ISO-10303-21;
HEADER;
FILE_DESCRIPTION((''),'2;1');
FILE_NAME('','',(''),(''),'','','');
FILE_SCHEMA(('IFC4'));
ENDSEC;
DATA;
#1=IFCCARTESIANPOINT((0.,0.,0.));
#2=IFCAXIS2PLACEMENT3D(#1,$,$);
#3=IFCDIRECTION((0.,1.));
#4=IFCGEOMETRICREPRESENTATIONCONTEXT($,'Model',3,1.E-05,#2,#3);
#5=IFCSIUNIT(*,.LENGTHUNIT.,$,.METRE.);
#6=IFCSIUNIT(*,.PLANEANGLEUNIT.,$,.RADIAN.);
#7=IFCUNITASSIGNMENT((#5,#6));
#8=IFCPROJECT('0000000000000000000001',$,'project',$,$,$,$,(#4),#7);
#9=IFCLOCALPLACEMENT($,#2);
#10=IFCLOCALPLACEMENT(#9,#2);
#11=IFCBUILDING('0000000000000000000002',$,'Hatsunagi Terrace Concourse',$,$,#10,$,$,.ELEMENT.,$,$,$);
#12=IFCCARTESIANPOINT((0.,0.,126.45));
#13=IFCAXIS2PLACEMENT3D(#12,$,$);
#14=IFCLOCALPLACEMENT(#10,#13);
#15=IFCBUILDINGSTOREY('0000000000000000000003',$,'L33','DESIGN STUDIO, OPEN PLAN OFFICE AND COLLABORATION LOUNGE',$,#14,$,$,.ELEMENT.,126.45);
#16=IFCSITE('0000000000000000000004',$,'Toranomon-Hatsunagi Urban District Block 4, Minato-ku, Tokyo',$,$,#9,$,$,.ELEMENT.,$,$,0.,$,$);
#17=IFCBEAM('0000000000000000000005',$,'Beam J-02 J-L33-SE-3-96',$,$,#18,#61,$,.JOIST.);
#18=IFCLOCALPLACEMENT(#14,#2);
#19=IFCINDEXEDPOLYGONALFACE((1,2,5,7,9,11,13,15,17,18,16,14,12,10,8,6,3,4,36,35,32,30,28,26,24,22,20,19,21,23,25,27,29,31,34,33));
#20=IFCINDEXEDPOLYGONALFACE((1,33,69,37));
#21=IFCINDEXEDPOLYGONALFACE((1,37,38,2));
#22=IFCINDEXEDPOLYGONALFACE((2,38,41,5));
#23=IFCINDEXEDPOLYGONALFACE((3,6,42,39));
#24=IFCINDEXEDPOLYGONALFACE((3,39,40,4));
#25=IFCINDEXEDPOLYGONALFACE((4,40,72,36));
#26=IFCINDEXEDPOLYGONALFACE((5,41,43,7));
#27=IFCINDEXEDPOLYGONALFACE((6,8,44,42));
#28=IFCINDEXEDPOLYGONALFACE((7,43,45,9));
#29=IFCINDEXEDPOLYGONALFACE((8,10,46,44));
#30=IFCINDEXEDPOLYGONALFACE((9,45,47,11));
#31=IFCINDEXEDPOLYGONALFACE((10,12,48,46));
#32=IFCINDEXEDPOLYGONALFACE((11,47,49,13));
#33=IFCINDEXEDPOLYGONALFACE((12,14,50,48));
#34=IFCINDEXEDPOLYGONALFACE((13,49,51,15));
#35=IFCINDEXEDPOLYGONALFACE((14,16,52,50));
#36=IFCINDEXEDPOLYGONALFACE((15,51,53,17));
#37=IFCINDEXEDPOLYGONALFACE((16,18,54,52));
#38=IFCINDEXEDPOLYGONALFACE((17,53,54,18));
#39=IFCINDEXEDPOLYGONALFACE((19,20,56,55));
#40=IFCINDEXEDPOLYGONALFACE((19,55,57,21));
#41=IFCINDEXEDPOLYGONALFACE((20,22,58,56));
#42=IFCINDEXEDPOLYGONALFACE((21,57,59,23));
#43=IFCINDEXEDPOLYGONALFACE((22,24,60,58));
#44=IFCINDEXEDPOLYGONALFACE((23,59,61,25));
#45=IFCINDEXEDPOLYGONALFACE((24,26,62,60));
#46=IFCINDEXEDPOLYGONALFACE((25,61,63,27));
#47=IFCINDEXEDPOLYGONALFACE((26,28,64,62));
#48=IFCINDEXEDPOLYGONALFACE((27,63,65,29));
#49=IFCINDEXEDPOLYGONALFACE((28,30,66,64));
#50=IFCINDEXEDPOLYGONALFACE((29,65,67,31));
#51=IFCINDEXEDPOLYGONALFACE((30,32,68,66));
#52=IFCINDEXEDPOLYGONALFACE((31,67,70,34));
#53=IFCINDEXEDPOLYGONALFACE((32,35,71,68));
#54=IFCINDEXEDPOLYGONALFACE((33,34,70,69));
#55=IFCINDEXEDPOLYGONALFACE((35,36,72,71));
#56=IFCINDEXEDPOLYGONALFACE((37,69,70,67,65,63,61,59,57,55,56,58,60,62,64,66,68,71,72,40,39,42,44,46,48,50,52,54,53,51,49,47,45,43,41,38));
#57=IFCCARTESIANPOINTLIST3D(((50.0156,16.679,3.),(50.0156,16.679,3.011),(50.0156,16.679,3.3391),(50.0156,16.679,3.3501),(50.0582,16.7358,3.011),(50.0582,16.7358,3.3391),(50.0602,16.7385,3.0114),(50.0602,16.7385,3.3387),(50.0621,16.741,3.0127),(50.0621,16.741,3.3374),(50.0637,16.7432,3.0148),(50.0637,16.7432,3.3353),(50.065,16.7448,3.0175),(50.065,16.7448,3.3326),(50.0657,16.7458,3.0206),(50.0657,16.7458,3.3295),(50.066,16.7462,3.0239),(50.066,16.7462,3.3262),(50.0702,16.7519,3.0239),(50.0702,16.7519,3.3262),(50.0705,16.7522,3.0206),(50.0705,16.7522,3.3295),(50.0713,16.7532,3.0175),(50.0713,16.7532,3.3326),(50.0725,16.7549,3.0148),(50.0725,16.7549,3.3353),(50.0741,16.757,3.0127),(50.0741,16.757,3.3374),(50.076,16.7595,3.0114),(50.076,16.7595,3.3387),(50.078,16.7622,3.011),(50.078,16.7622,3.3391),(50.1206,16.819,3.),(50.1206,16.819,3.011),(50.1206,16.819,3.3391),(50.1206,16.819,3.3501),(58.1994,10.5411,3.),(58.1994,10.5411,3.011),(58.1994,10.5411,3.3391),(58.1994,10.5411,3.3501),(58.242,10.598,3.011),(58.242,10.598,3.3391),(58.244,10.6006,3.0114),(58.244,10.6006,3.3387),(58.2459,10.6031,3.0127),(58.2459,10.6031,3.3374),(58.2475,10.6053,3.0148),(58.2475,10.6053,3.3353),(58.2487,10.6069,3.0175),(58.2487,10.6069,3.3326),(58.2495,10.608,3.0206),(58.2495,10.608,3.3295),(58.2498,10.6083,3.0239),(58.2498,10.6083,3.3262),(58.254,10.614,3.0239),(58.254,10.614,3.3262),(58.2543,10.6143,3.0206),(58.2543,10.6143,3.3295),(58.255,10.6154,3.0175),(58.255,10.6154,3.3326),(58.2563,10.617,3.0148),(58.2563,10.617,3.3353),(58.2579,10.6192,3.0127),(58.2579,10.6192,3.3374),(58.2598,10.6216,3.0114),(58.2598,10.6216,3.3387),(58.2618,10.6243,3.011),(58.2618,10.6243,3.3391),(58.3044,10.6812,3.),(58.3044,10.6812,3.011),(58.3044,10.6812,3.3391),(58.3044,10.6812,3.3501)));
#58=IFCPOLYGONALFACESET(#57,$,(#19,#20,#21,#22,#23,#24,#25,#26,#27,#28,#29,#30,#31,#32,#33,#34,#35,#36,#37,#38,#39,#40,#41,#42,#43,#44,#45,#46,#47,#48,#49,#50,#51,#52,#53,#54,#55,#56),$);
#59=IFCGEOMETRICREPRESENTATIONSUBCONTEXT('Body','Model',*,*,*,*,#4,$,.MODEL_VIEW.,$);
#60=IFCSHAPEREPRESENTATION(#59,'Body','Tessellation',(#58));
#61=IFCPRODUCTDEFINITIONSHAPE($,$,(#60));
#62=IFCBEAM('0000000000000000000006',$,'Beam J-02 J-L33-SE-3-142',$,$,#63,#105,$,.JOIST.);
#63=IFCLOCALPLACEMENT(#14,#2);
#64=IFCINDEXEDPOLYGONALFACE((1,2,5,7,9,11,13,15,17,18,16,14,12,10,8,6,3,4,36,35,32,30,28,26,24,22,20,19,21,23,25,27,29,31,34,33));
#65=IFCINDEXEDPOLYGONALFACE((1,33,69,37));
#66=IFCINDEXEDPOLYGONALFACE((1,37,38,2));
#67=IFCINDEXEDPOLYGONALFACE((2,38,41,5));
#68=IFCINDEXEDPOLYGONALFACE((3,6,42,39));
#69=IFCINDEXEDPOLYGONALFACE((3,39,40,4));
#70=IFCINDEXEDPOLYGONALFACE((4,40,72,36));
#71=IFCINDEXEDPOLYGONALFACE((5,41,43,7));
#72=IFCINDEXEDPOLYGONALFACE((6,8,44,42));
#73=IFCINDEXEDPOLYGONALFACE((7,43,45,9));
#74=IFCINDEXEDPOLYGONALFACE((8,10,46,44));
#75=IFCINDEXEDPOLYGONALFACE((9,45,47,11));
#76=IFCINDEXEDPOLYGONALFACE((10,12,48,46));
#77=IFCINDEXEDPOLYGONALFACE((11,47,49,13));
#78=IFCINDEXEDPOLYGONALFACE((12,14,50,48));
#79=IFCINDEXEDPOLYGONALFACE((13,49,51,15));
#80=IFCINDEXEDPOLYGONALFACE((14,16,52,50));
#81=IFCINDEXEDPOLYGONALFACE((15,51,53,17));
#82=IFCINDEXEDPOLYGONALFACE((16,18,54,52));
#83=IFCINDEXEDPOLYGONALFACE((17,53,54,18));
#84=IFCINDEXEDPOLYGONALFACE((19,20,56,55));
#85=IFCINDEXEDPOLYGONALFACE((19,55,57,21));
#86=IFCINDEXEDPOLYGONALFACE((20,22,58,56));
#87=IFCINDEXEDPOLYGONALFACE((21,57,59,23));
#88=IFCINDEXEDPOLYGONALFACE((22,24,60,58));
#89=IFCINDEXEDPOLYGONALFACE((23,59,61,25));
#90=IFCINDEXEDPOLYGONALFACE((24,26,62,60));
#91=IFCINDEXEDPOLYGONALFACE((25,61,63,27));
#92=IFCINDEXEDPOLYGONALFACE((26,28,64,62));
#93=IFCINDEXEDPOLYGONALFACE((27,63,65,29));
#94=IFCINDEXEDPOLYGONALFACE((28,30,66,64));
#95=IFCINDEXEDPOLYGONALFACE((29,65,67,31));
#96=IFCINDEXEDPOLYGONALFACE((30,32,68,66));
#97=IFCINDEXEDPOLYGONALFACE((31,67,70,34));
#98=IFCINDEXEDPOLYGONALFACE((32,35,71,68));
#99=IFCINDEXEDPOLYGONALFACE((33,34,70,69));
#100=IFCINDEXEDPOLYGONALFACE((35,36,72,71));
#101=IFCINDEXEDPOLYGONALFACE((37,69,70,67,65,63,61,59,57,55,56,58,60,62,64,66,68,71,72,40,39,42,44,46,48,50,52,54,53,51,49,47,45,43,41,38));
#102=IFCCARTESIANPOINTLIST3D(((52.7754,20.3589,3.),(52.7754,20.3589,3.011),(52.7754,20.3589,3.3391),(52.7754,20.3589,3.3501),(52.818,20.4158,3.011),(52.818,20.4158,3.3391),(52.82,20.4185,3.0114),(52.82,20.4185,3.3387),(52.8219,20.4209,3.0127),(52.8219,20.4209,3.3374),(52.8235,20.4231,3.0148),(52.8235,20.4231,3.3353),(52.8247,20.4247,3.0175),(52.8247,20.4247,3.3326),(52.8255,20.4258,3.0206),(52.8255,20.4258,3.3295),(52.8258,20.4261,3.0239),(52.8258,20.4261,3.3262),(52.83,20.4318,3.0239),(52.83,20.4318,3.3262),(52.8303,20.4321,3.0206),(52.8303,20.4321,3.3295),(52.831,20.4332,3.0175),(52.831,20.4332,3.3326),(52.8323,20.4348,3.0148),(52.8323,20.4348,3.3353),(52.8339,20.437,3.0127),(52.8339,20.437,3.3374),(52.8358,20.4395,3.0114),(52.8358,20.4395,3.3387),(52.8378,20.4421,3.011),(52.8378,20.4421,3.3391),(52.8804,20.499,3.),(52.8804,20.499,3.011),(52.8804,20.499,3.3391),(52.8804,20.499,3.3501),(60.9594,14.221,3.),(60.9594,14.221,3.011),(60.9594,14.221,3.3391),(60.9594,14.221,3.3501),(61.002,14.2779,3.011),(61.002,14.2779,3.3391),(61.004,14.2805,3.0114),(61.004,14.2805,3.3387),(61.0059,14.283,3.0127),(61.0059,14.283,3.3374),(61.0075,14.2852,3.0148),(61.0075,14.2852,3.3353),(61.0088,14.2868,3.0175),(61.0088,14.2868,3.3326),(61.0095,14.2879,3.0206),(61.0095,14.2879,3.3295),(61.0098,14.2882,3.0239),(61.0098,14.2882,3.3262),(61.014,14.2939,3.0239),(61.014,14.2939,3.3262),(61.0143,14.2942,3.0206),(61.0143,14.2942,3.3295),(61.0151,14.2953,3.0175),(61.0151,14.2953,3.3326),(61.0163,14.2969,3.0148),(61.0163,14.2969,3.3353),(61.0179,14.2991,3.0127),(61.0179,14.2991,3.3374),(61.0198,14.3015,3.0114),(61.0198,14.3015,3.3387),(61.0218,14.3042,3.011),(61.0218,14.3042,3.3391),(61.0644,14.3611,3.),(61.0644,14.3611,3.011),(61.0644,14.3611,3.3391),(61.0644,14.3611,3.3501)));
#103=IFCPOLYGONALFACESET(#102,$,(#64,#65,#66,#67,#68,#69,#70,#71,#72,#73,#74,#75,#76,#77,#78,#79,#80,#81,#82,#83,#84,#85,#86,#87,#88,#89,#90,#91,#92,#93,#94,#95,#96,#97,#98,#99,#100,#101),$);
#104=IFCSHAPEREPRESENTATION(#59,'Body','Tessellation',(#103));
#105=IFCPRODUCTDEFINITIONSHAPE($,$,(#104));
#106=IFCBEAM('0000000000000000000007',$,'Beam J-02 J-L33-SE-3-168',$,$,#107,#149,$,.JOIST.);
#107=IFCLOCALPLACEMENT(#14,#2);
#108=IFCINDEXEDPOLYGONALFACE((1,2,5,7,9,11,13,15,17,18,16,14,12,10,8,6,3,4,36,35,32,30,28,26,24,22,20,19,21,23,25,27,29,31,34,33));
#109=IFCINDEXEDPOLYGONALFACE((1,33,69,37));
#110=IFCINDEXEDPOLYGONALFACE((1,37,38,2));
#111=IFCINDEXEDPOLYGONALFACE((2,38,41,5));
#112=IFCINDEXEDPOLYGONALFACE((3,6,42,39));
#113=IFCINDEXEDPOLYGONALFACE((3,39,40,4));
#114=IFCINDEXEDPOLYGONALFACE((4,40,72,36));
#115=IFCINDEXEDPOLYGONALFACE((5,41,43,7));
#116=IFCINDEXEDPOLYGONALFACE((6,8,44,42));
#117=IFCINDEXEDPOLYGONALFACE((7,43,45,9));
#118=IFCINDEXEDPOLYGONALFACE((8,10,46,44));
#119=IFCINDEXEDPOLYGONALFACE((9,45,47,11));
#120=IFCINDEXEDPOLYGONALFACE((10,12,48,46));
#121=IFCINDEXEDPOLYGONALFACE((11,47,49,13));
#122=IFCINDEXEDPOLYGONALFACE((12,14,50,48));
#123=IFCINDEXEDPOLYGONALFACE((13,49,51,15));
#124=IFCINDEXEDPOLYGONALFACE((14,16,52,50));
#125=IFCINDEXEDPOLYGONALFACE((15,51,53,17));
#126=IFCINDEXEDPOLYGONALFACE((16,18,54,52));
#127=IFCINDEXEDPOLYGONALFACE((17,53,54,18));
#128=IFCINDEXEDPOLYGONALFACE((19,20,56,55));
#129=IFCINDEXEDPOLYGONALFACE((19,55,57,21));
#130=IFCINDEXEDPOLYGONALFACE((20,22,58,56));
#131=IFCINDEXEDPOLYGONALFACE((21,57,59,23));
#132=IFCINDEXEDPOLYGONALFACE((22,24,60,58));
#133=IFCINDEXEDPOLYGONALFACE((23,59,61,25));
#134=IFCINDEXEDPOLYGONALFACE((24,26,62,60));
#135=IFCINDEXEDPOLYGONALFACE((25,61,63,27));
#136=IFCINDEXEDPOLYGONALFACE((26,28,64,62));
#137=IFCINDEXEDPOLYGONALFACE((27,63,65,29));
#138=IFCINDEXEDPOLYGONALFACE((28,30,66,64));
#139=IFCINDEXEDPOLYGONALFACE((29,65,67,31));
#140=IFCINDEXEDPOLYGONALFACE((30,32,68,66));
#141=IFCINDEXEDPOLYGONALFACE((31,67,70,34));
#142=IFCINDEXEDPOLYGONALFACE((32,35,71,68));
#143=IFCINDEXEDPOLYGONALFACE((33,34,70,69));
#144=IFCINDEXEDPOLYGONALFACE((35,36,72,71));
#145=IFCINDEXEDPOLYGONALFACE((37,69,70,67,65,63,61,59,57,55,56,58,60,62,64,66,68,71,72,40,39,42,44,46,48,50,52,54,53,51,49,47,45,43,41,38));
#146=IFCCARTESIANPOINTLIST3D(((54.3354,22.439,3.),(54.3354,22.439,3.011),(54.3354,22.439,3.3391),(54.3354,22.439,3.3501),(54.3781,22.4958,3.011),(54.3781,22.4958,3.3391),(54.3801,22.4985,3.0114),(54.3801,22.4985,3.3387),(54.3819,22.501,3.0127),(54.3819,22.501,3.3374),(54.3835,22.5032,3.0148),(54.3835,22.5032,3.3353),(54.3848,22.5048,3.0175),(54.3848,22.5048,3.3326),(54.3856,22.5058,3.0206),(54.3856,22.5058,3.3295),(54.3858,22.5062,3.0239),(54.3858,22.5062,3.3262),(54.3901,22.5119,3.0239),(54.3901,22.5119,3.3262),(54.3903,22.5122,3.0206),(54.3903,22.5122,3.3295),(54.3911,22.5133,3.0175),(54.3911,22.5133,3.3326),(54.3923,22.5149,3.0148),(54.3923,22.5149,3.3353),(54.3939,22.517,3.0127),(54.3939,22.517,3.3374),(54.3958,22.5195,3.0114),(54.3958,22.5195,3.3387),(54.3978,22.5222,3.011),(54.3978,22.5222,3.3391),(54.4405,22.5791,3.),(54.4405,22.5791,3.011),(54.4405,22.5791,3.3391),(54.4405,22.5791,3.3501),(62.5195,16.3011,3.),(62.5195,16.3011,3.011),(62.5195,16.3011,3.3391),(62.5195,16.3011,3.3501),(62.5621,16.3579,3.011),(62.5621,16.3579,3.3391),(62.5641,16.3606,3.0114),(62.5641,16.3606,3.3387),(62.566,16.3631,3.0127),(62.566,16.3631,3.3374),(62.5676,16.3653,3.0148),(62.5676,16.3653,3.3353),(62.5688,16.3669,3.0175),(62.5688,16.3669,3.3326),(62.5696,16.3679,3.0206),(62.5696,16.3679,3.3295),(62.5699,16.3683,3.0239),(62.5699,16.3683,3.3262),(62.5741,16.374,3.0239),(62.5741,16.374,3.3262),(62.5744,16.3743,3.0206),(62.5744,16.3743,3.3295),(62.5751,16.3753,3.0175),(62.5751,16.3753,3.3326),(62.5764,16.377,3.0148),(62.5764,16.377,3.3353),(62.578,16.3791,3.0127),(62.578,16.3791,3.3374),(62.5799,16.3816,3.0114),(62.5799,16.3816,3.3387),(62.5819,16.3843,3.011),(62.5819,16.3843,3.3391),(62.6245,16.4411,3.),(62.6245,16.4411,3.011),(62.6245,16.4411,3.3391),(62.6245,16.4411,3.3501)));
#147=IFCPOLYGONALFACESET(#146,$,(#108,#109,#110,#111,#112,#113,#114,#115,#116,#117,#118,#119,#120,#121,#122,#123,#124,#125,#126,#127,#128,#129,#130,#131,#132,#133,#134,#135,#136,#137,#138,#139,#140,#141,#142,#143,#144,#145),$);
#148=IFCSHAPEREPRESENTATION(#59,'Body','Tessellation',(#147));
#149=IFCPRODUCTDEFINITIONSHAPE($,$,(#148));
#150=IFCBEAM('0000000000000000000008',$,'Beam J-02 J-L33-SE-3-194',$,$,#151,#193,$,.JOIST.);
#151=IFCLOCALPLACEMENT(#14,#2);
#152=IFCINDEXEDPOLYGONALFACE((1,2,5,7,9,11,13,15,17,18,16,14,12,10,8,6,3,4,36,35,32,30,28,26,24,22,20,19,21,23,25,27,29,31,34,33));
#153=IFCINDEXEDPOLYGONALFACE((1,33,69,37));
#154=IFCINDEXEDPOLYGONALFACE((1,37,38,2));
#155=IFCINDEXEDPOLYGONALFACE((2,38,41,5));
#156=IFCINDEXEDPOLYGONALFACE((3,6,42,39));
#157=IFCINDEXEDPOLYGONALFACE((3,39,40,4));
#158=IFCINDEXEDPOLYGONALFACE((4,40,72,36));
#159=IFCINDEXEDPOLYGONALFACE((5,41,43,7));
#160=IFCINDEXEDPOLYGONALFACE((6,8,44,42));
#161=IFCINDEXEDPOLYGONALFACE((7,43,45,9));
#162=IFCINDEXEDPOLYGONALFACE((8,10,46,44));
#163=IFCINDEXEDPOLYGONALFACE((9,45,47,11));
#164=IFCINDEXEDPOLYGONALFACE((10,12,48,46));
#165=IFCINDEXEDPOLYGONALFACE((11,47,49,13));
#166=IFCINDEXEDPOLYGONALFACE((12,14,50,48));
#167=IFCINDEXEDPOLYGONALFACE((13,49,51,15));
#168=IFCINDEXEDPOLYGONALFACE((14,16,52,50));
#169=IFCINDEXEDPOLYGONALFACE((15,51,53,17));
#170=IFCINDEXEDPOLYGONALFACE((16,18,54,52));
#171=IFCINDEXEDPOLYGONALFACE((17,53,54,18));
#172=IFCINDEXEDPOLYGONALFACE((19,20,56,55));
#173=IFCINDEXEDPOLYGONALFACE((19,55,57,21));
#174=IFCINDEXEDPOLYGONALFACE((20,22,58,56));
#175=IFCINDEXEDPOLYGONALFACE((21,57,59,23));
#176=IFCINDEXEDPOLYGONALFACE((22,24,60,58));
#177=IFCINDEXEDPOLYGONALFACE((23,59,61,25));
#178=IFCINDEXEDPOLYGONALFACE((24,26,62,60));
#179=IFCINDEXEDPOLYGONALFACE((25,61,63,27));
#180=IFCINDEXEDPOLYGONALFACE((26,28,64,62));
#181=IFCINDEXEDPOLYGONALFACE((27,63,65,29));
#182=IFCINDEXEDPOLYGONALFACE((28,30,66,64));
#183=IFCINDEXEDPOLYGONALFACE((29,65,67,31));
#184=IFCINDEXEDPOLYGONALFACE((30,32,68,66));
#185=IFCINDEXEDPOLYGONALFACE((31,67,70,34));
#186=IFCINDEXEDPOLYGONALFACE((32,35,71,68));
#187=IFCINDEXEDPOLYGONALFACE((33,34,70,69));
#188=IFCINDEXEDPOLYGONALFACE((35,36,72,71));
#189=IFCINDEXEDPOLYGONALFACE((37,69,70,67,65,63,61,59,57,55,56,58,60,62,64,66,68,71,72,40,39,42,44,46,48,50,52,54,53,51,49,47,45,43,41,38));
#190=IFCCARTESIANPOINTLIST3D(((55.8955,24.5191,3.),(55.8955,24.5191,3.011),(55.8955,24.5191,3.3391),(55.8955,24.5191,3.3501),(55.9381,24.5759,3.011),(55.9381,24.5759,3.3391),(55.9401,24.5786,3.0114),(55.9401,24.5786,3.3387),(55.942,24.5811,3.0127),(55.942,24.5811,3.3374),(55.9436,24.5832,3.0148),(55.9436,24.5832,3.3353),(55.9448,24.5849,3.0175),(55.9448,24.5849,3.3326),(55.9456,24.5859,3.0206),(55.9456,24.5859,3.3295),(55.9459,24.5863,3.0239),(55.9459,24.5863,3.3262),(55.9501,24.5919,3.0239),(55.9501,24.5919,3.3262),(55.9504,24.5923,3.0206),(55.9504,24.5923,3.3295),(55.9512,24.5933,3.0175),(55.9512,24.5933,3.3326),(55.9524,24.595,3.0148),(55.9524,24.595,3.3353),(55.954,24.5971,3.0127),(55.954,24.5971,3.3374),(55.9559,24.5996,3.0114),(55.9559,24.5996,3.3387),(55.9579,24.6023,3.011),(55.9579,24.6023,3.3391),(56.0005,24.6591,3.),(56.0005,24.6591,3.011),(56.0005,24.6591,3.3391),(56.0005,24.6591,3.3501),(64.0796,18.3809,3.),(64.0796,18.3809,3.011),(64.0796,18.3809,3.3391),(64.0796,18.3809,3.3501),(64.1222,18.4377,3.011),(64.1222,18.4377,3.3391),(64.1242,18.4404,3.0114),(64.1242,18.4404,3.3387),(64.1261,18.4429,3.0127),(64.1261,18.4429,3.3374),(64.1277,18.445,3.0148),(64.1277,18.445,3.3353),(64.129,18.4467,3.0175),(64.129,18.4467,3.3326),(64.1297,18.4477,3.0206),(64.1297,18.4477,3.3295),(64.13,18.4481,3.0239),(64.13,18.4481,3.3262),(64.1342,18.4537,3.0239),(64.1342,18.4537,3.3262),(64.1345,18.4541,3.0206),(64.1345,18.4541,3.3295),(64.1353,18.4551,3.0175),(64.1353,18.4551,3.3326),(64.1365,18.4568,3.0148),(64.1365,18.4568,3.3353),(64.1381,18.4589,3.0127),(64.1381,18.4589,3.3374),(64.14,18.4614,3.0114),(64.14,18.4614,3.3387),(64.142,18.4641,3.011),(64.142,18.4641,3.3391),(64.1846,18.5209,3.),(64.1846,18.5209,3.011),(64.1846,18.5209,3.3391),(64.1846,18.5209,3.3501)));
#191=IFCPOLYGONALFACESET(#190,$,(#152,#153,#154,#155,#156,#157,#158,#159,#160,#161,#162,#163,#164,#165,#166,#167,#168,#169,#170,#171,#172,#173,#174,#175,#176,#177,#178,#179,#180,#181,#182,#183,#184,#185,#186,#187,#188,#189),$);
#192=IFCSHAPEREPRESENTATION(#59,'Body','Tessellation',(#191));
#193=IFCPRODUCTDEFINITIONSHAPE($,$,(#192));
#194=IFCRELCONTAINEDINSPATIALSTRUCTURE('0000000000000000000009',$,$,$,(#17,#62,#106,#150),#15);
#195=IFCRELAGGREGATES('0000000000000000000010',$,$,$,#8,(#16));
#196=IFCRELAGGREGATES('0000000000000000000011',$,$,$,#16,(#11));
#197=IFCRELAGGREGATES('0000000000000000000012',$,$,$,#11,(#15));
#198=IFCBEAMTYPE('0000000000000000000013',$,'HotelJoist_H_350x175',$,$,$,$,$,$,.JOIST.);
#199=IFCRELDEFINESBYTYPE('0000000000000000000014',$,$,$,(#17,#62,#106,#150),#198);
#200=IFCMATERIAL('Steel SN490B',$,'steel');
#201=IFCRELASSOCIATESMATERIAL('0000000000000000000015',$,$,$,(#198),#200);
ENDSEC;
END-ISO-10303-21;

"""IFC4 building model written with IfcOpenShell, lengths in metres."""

from ifc_helpers import new_model, si_unit, direction, frame, origin, origin_2d, place, context, subcontext, project, spatial, i_section, extrude, material, material_profile, profile_set, type_object, element, save


model = new_model("IFC4")

# Units and contexts
model_context = context("Model", 3, precision=1e-05, world=origin(), true_north=direction((0.0, 1.0)))
body_context = subcontext(model_context, "Body", "Model", "MODEL_VIEW")
ifc_project = project(units=[si_unit("LENGTHUNIT", "METRE"), si_unit("PLANEANGLEUNIT", "RADIAN")], contexts=[model_context])

# Site, building, storey
site_placement = place(None, origin())
site = spatial("IfcSite", under=ifc_project, at=site_placement, Name="Toranomon-Hatsunagi Urban District Block 4, Minato-ku, Tokyo", CompositionType="ELEMENT", RefElevation=0.0)
building_placement = place(site_placement, origin())
building = spatial("IfcBuilding", under=site, at=building_placement, Name="Hatsunagi Terrace Concourse", CompositionType="ELEMENT")
storey_placement = place(building_placement, frame((0.0, 0.0, 126.45)))
storey = spatial("IfcBuildingStorey", under=building, at=storey_placement, Name="L33", Description="DESIGN STUDIO, OPEN PLAN OFFICE AND COLLABORATION LOUNGE", CompositionType="ELEMENT", Elevation=126.45)

# Beams
ifc_material_1 = material(Name="Steel SN490B", Category="steel")
ifc_material_profile_1 = material_profile(ifc_material_1, i_section(OverallWidth=0.175, OverallDepth=0.3501, WebThickness=0.0071, FlangeThickness=0.011, FilletRadius=0.0129, at=origin_2d()), Name="H-350x175x7x11")
ifc_profile_set_1 = profile_set([ifc_material_profile_1], Name="Steel SN490B")
beam_type_1 = type_object("IfcBeamType", Name="HotelJoist_H_350x175", PredefinedType="JOIST", material=ifc_profile_set_1)
beam_1_placement = place(storey_placement, frame((50.0681, 16.749, 3.175), z_axis=(0.799997, -0.600004, 0.0), x_axis=(0.600004, 0.799997, 0.0)))
element("IfcBeam", 1, at=beam_1_placement, inside=storey, type_object=beam_type_1, Name="Beam J-02 J-L33-SE-3-96", PredefinedType="JOIST", context=body_context, shape_type="SweptSolid", body=[
    extrude(i_section(OverallWidth=0.175, OverallDepth=0.3501, WebThickness=0.0071, FlangeThickness=0.011, FilletRadius=0.0129, at=origin_2d()), origin(), (0.0, 0.0, 1.0), 10.2297),
])
for number, where, z_axis, x_axis, name in (
    (2, (52.8279, 20.429, 3.175), (0.800006, -0.599992, 0.0), (0.599992, 0.800006, 0.0), "Beam J-02 J-L33-SE-3-142"),
    (3, (54.3879, 22.509, 3.175), (0.800006, -0.599992, 0.0), (0.599992, 0.800006, 0.0), "Beam J-02 J-L33-SE-3-168"),
):
    element("IfcBeam", number, at=place(storey_placement, frame(where, z_axis=z_axis, x_axis=x_axis)), inside=storey, type_object=beam_type_1, Name=name, PredefinedType="JOIST", context=body_context, shape_type="SweptSolid", body=[
        extrude(i_section(OverallWidth=0.175, OverallDepth=0.3501, WebThickness=0.0071, FlangeThickness=0.011, FilletRadius=0.0129, at=origin_2d()), origin(), (0.0, 0.0, 1.0), 10.23),
    ])
beam_2_placement = place(storey_placement, frame((55.948, 24.5891, 3.175), z_axis=(0.799994, -0.600008, 0.0), x_axis=(0.600008, 0.799994, 0.0)))
element("IfcBeam", 4, at=beam_2_placement, inside=storey, type_object=beam_type_1, Name="Beam J-02 J-L33-SE-3-194", PredefinedType="JOIST", context=body_context, shape_type="SweptSolid", body=[
    extrude(i_section(OverallWidth=0.175, OverallDepth=0.3501, WebThickness=0.0071, FlangeThickness=0.011, FilletRadius=0.0129, at=origin_2d()), origin(), (0.0, 0.0, 1.0), 10.2302),
])

save(model, "model.ifc")
